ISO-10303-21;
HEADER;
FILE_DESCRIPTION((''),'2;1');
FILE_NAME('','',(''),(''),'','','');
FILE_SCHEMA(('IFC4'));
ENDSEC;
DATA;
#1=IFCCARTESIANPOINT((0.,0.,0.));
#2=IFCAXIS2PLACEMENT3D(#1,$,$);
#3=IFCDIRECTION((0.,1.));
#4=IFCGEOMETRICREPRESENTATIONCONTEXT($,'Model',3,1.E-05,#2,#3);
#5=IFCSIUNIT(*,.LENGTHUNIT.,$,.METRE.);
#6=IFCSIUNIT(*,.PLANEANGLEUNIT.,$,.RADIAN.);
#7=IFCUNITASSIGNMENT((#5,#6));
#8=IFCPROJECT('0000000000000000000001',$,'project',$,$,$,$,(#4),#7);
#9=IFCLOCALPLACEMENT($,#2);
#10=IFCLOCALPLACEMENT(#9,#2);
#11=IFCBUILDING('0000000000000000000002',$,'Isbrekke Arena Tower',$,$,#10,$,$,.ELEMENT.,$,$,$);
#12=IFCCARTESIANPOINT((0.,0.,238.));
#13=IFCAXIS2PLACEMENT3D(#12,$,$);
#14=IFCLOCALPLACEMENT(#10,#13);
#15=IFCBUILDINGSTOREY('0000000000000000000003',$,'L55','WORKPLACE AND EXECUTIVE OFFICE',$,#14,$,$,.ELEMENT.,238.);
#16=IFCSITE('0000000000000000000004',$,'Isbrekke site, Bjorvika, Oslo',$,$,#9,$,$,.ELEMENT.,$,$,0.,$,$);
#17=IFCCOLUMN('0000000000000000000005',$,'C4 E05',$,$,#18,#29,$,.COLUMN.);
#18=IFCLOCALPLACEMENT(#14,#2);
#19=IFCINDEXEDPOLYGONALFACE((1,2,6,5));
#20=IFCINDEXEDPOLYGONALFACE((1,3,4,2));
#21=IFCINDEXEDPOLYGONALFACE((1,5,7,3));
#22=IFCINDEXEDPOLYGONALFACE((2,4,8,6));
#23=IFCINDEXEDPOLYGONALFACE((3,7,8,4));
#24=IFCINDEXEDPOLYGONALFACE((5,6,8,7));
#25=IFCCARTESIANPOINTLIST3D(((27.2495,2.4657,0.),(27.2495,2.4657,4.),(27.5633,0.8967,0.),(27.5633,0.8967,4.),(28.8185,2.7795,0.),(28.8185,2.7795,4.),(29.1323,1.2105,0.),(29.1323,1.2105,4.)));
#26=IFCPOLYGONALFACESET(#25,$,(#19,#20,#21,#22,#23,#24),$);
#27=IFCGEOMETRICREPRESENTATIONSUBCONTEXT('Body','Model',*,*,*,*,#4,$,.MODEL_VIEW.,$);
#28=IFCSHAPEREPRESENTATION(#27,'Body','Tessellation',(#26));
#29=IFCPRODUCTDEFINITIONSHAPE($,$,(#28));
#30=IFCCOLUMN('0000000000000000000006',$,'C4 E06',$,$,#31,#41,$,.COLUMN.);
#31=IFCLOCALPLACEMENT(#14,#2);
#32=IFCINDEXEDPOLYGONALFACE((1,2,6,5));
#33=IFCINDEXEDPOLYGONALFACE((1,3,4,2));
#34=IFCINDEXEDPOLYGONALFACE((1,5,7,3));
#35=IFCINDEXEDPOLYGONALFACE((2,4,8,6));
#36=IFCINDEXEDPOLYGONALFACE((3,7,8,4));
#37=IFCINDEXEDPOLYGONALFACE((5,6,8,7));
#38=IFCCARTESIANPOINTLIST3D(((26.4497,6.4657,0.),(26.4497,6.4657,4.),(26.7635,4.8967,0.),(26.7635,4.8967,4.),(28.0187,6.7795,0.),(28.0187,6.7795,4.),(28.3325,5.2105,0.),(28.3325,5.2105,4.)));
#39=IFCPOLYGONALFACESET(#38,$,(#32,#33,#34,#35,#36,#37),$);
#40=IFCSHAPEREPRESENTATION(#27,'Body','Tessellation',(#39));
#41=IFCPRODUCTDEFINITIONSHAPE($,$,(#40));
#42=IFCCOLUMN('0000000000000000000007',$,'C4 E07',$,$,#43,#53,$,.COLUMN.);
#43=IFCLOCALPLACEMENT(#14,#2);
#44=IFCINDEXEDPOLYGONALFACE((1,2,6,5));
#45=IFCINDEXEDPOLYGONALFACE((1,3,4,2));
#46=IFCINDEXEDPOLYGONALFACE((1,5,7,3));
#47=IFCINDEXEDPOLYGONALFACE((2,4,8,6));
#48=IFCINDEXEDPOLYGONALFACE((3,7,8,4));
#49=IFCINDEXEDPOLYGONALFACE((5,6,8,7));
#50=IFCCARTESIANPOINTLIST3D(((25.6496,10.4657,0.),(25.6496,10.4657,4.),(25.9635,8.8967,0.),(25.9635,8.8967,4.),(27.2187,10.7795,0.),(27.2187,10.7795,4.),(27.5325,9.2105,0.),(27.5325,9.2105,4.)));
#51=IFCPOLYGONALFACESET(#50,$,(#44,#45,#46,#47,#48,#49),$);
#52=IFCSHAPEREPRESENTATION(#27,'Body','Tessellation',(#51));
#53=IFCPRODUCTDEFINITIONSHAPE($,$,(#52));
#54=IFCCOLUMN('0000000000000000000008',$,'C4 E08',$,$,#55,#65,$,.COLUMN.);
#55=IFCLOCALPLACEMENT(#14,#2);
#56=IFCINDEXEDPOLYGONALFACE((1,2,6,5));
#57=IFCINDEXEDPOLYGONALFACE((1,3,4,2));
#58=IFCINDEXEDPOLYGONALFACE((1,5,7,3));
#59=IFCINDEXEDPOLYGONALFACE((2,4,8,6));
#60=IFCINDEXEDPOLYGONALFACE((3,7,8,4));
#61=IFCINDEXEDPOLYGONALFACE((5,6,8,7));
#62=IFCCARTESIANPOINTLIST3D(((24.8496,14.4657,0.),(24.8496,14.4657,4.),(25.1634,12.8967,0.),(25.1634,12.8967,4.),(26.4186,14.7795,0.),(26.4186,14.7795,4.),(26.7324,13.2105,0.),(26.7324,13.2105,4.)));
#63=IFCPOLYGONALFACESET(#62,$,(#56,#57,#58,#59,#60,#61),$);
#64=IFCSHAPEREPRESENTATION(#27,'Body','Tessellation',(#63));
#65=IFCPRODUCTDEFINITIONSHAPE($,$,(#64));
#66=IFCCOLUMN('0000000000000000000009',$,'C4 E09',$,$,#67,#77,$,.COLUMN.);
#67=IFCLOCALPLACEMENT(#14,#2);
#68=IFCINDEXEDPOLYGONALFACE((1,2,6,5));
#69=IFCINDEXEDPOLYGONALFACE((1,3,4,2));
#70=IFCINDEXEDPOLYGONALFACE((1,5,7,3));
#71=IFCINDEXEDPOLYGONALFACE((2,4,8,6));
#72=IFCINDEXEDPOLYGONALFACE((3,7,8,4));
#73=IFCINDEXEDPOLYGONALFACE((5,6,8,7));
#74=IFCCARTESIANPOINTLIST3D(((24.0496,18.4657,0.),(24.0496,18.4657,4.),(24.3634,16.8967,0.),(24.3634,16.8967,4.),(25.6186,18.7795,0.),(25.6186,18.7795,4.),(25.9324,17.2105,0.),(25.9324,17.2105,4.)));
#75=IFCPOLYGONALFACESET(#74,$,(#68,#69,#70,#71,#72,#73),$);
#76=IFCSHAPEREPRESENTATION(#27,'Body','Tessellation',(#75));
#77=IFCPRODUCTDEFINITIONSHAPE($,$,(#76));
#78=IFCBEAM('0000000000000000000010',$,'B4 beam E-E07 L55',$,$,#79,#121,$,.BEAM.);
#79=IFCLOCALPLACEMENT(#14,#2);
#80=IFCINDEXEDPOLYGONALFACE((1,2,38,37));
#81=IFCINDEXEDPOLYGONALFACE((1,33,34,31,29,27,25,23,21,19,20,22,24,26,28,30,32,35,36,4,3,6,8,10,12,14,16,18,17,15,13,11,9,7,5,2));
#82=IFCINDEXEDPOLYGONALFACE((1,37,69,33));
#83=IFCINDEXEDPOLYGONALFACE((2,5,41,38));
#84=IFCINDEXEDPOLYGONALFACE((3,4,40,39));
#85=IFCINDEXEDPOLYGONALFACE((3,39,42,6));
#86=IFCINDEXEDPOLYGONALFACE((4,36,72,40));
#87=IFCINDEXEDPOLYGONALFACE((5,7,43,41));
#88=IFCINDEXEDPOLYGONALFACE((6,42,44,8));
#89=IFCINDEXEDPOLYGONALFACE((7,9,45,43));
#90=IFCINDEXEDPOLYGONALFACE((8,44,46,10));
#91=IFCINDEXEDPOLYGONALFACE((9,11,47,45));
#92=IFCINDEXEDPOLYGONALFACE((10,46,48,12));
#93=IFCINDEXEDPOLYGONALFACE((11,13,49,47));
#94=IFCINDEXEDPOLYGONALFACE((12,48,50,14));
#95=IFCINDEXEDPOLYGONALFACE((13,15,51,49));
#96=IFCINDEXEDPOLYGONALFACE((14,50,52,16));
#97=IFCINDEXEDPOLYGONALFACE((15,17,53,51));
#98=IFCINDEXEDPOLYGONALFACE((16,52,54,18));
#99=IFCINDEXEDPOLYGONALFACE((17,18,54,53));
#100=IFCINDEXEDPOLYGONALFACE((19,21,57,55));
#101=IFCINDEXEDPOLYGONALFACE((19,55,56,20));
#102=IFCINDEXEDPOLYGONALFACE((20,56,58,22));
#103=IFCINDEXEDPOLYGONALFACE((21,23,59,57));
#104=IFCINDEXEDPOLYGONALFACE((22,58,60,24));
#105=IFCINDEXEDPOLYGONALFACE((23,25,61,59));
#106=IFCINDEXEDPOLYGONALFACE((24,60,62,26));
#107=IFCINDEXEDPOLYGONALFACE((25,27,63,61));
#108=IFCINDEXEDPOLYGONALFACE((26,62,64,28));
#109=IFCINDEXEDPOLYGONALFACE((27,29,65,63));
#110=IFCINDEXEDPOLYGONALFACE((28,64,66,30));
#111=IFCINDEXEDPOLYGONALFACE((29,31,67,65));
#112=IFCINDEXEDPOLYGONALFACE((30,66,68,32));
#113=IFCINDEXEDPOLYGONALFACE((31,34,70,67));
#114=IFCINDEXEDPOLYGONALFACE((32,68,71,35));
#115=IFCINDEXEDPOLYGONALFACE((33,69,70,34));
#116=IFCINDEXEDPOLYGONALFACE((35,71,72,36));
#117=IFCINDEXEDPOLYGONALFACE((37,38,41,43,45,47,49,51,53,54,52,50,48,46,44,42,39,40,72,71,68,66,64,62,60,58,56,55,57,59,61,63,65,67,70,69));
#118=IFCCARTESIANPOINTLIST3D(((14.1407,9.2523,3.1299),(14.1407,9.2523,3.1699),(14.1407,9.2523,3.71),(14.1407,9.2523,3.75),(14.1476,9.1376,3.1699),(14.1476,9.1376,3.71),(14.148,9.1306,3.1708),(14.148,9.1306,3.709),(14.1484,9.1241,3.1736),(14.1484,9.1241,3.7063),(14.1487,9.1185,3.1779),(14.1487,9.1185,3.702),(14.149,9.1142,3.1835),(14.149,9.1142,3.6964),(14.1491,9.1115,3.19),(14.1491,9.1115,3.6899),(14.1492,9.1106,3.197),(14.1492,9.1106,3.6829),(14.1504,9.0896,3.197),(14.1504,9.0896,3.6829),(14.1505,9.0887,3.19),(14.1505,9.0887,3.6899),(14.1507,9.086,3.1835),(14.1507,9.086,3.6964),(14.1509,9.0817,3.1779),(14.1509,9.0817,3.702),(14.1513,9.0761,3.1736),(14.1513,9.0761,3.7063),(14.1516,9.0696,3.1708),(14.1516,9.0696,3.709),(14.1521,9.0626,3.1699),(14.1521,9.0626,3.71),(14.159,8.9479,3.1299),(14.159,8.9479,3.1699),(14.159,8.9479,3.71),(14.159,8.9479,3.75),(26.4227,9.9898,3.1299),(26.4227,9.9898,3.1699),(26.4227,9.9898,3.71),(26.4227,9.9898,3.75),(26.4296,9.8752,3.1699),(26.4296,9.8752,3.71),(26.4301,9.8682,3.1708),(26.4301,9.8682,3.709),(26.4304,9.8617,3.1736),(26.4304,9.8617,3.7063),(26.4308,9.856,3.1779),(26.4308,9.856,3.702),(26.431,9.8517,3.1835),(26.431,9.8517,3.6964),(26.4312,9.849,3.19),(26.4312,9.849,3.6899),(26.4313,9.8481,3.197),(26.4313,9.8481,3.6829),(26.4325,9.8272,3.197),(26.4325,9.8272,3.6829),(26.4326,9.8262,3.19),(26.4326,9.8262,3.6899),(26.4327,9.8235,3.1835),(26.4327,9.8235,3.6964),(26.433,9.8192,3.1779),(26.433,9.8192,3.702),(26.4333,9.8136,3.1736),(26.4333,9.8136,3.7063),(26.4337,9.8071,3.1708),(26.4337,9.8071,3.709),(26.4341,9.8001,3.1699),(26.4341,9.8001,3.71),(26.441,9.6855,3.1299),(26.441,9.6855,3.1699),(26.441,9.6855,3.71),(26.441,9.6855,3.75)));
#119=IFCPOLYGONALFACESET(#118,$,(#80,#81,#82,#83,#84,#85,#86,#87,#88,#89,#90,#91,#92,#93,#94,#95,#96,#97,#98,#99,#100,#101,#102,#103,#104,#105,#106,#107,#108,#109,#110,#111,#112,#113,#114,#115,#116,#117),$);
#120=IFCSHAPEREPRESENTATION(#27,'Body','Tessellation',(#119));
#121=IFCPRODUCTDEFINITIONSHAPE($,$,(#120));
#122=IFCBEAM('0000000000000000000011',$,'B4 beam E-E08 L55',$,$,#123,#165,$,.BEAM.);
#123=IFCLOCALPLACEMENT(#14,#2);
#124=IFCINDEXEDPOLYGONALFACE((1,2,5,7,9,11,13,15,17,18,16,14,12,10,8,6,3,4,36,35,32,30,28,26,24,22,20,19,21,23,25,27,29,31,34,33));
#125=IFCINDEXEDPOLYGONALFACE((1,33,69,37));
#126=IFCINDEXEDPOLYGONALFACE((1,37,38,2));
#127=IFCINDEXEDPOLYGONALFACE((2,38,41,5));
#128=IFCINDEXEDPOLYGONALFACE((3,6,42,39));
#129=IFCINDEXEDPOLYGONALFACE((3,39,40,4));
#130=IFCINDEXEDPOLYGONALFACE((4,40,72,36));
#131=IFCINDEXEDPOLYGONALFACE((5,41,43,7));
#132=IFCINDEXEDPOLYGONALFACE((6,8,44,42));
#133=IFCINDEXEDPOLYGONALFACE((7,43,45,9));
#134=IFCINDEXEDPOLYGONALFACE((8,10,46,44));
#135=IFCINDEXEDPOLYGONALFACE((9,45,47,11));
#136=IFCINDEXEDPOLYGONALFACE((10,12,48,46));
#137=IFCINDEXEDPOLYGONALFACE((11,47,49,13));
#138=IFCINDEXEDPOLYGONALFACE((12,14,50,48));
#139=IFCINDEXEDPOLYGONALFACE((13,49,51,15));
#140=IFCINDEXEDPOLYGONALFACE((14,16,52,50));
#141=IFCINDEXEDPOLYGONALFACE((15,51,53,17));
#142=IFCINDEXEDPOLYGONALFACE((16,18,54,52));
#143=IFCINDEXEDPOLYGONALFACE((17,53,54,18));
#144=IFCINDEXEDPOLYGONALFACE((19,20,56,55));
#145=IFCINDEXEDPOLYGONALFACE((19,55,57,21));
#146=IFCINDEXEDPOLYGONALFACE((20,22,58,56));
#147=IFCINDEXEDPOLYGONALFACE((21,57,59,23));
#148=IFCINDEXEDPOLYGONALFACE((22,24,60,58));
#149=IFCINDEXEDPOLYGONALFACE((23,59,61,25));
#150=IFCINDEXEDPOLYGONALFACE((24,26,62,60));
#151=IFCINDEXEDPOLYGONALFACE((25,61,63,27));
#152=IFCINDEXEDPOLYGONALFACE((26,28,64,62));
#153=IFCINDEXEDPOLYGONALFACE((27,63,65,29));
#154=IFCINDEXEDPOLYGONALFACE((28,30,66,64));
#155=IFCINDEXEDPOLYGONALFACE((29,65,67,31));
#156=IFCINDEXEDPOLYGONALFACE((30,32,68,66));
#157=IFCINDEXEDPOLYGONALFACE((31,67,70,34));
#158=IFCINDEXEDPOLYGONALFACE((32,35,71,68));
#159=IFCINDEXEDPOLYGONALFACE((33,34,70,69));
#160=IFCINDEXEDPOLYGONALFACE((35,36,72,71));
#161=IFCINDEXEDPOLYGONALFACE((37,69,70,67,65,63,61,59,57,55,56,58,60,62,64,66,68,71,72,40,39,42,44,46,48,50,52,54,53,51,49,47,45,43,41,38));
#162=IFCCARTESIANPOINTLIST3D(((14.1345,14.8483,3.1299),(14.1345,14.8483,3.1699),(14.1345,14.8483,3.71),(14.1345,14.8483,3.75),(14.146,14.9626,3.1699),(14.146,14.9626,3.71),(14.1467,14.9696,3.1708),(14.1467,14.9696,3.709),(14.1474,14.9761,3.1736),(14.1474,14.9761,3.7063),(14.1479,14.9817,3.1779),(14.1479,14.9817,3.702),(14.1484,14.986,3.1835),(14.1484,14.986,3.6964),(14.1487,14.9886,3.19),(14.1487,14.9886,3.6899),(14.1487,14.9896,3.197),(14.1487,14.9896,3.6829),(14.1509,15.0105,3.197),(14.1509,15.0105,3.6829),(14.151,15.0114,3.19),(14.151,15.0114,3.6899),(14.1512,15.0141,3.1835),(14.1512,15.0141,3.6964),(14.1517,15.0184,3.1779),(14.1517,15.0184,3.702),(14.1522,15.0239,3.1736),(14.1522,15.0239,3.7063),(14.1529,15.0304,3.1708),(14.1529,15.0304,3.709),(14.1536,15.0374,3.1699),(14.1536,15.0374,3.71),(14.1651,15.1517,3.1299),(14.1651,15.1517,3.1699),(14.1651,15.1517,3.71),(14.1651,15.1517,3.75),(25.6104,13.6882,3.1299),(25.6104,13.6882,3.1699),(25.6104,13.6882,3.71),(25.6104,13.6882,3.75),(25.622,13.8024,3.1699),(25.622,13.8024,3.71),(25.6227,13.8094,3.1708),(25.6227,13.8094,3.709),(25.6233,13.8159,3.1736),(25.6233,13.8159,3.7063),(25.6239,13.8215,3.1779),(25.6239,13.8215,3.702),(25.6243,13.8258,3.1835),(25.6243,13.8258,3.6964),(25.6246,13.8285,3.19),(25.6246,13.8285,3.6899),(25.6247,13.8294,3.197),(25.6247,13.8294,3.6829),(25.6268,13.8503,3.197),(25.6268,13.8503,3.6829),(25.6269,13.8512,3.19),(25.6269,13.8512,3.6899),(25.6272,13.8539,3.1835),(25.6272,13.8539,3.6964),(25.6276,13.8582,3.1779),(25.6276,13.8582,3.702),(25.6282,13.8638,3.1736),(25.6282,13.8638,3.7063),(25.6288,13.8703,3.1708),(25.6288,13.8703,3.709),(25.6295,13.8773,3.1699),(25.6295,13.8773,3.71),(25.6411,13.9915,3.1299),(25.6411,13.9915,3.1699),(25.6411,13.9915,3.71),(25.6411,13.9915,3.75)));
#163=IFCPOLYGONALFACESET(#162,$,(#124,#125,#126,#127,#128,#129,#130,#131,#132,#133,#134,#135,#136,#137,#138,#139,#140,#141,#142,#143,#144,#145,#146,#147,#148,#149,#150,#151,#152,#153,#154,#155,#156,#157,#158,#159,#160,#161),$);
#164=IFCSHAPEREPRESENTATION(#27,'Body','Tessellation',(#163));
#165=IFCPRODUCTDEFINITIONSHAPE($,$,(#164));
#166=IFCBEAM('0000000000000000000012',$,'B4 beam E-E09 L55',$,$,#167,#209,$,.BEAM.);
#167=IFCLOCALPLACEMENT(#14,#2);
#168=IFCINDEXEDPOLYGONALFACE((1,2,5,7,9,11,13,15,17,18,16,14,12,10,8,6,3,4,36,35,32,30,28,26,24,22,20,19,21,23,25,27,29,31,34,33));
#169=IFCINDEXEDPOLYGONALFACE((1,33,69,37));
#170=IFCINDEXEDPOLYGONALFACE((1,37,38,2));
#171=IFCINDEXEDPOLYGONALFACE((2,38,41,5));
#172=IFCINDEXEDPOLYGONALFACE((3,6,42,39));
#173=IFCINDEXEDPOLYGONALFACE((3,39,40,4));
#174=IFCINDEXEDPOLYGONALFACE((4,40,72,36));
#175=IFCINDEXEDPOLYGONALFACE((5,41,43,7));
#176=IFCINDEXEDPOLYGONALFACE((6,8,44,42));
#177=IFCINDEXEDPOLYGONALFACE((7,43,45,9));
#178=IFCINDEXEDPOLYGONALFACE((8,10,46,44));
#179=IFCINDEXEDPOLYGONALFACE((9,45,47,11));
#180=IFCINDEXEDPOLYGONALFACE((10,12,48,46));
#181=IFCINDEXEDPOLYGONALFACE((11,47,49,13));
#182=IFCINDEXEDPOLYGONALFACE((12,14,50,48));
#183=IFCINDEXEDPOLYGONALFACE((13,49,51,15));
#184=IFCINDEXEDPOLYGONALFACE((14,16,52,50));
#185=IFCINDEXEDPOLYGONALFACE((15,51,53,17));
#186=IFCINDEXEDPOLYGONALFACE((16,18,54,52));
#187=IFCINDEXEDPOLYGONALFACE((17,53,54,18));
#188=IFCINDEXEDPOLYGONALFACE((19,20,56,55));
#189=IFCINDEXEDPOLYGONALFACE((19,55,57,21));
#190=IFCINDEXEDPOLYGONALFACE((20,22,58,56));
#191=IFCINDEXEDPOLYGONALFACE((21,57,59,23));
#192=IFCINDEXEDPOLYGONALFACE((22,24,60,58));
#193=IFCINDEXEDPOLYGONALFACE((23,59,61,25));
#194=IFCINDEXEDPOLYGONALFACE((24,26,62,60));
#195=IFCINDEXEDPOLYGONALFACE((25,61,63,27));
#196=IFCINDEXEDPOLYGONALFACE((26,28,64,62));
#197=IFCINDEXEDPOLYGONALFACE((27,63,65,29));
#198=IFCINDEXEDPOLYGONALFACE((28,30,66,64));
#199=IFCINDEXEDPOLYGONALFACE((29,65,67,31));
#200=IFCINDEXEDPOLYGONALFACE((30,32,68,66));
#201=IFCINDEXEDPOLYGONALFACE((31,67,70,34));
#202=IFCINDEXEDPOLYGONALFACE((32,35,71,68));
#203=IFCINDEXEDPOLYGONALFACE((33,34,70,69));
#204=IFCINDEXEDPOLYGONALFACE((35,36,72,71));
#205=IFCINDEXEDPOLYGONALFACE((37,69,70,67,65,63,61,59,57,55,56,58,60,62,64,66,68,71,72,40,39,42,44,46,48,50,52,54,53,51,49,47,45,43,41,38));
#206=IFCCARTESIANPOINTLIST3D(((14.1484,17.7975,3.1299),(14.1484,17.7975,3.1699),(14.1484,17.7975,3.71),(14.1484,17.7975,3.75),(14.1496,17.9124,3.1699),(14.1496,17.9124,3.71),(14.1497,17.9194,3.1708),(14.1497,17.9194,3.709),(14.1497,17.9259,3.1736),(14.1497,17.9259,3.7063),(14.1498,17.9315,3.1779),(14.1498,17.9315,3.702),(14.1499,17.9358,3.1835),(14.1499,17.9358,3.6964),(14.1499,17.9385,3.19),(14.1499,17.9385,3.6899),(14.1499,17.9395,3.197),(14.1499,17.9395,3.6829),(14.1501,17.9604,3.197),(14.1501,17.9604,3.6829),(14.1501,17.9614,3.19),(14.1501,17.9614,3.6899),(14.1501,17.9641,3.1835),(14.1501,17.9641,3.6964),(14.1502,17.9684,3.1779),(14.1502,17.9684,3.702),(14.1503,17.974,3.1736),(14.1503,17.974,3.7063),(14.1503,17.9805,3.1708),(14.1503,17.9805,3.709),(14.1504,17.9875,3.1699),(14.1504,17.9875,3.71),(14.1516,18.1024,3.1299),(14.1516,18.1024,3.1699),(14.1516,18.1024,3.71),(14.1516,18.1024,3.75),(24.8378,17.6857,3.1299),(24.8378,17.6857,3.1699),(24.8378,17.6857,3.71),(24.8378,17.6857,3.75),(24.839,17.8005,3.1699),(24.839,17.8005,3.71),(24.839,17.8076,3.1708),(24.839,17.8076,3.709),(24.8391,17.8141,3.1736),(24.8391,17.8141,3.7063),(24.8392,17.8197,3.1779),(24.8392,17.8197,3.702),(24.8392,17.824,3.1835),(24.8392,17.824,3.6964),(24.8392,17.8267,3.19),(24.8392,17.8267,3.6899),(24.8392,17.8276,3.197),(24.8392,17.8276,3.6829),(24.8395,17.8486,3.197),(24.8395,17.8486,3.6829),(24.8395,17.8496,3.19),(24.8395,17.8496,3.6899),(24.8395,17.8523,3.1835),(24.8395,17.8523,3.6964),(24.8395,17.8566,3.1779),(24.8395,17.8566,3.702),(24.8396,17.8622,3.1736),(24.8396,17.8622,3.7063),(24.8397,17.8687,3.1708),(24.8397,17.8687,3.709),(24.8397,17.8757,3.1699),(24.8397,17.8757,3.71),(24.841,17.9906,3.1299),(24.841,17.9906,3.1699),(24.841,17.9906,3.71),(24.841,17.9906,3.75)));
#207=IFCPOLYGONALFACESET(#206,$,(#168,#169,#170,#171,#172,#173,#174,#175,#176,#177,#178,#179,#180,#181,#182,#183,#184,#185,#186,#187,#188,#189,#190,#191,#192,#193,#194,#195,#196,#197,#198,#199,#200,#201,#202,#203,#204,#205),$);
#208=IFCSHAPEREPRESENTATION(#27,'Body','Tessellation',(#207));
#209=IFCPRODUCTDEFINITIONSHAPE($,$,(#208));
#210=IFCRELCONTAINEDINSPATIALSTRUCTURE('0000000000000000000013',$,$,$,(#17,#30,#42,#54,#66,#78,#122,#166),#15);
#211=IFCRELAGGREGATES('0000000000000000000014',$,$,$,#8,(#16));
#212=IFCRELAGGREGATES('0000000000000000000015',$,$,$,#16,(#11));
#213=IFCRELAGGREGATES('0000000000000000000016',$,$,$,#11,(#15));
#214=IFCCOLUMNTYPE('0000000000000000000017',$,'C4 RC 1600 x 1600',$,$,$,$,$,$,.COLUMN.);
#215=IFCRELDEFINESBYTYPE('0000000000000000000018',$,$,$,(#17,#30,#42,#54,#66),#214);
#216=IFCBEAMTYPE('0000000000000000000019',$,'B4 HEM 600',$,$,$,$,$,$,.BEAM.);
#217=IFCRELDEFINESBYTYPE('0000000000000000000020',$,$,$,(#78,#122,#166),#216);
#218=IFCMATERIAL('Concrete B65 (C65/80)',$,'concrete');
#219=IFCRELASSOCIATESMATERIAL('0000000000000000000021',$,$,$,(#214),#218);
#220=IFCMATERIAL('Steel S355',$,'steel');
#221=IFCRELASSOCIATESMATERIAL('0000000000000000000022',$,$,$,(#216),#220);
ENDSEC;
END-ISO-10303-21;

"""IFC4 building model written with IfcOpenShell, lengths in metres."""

from ifc_helpers import new_model, si_unit, direction, frame, origin, origin_2d, place, context, subcontext, project, spatial, rectangle, i_section, extrude, material, material_profile, profile_set, type_object, element, save


model = new_model("IFC4")

# Units and contexts
model_context = context("Model", 3, precision=1e-05, world=origin(), true_north=direction((0.0, 1.0)))
body_context = subcontext(model_context, "Body", "Model", "MODEL_VIEW")
ifc_project = project(units=[si_unit("LENGTHUNIT", "METRE"), si_unit("PLANEANGLEUNIT", "RADIAN")], contexts=[model_context])

# Site, building, storey
site_placement = place(None, origin())
site = spatial("IfcSite", under=ifc_project, at=site_placement, Name="Isbrekke site, Bjorvika, Oslo", CompositionType="ELEMENT", RefElevation=0.0)
building_placement = place(site_placement, origin())
building = spatial("IfcBuilding", under=site, at=building_placement, Name="Isbrekke Arena Tower", CompositionType="ELEMENT")
storey_placement = place(building_placement, frame((0.0, 0.0, 238.0)))
storey = spatial("IfcBuildingStorey", under=building, at=storey_placement, Name="L55", Description="WORKPLACE AND EXECUTIVE OFFICE", CompositionType="ELEMENT", Elevation=238.0)

# Columns
ifc_material_1 = material(Name="Concrete B65 (C65/80)", Category="concrete")
ifc_material_profile_1 = material_profile(ifc_material_1, rectangle(XDim=1.6001, YDim=1.6001, at=origin_2d()), Name="RC 1600x1600")
ifc_profile_set_1 = profile_set([ifc_material_profile_1], Name="Concrete B65 (C65/80)")
column_type = type_object("IfcColumnType", Name="C4 RC 1600 x 1600", PredefinedType="COLUMN", material=ifc_profile_set_1)
for number, where, z_axis, x_axis, name in (
    (1, (28.1909, 1.8381, 0.0), (0.0, 0.0, 1.0), (-0.196116, 0.980581, 0.0), "C4 E05"),
    (2, (27.3911, 5.8381, 0.0), (0.0, 0.0, 1.0), (-0.196116, 0.980581, 0.0), "C4 E06"),
    (3, (26.5911, 9.8381, 0.0), (0.0, 0.0, 1.0), (-0.196116, 0.980581, 0.0), "C4 E07"),
    (4, (25.791, 13.8381, 0.0), (0.0, 0.0, 1.0), (-0.196116, 0.980581, 0.0), "C4 E08"),
    (5, (24.991, 17.8381, 0.0), (0.0, 0.0, 1.0), (-0.196116, 0.980581, 0.0), "C4 E09"),
):
    element("IfcColumn", number, at=place(storey_placement, frame(where, z_axis=z_axis, x_axis=x_axis)), inside=storey, type_object=column_type, Name=name, PredefinedType="COLUMN", context=body_context, shape_type="SweptSolid", body=[
        extrude(rectangle(XDim=1.6001, YDim=1.6001, at=origin_2d()), origin(), (0.0, 0.0, 1.0), 4.0),
    ])

# Beams
ifc_material_2 = material(Name="Steel S355", Category="steel")
ifc_material_profile_2 = material_profile(ifc_material_2, i_section(OverallWidth=0.3049, OverallDepth=0.6201, WebThickness=0.021, FlangeThickness=0.04, FilletRadius=0.0271, at=origin_2d()), Name="HEM 600")
ifc_profile_set_2 = profile_set([ifc_material_profile_2], Name="Steel S355")
beam_type_1 = type_object("IfcBeamType", Name="B4 HEM 600", PredefinedType="BEAM", material=ifc_profile_set_2)
beam_1_placement = place(storey_placement, frame((26.4319, 9.8376, 3.4399), z_axis=(-0.998202, -0.059943, 0.0), x_axis=(0.059943, -0.998202, 0.0)))
element("IfcBeam", 6, at=beam_1_placement, inside=storey, type_object=beam_type_1, Name="B4 beam E-E07 L55", PredefinedType="BEAM", context=body_context, shape_type="SweptSolid", body=[
    extrude(i_section(OverallWidth=0.3049, OverallDepth=0.6201, WebThickness=0.021, FlangeThickness=0.04, FilletRadius=0.0271, at=origin_2d()), origin(), (0.0, 0.0, 1.0), 12.3042),
])
beam_2_placement = place(storey_placement, frame((25.6257, 13.8398, 3.4399), z_axis=(-0.994929, 0.100583, 0.0), x_axis=(-0.100583, -0.994929, 0.0)))
element("IfcBeam", 7, at=beam_2_placement, inside=storey, type_object=beam_type_1, Name="B4 beam E-E08 L55", PredefinedType="BEAM", context=body_context, shape_type="SweptSolid", body=[
    extrude(i_section(OverallWidth=0.3049, OverallDepth=0.6201, WebThickness=0.021, FlangeThickness=0.04, FilletRadius=0.0271, at=origin_2d()), origin(), (0.0, 0.0, 1.0), 11.5344),
])
beam_3_placement = place(storey_placement, frame((24.8394, 17.8381, 3.4399), z_axis=(-0.999945, 0.01046, 0.0), x_axis=(-0.01046, -0.999945, 0.0)))
element("IfcBeam", 8, at=beam_3_placement, inside=storey, type_object=beam_type_1, Name="B4 beam E-E09 L55", PredefinedType="BEAM", context=body_context, shape_type="SweptSolid", body=[
    extrude(i_section(OverallWidth=0.3049, OverallDepth=0.6201, WebThickness=0.021, FlangeThickness=0.04, FilletRadius=0.0271, at=origin_2d()), origin(), (0.0, 0.0, 1.0), 10.6899),
])

save(model, "model.ifc")
